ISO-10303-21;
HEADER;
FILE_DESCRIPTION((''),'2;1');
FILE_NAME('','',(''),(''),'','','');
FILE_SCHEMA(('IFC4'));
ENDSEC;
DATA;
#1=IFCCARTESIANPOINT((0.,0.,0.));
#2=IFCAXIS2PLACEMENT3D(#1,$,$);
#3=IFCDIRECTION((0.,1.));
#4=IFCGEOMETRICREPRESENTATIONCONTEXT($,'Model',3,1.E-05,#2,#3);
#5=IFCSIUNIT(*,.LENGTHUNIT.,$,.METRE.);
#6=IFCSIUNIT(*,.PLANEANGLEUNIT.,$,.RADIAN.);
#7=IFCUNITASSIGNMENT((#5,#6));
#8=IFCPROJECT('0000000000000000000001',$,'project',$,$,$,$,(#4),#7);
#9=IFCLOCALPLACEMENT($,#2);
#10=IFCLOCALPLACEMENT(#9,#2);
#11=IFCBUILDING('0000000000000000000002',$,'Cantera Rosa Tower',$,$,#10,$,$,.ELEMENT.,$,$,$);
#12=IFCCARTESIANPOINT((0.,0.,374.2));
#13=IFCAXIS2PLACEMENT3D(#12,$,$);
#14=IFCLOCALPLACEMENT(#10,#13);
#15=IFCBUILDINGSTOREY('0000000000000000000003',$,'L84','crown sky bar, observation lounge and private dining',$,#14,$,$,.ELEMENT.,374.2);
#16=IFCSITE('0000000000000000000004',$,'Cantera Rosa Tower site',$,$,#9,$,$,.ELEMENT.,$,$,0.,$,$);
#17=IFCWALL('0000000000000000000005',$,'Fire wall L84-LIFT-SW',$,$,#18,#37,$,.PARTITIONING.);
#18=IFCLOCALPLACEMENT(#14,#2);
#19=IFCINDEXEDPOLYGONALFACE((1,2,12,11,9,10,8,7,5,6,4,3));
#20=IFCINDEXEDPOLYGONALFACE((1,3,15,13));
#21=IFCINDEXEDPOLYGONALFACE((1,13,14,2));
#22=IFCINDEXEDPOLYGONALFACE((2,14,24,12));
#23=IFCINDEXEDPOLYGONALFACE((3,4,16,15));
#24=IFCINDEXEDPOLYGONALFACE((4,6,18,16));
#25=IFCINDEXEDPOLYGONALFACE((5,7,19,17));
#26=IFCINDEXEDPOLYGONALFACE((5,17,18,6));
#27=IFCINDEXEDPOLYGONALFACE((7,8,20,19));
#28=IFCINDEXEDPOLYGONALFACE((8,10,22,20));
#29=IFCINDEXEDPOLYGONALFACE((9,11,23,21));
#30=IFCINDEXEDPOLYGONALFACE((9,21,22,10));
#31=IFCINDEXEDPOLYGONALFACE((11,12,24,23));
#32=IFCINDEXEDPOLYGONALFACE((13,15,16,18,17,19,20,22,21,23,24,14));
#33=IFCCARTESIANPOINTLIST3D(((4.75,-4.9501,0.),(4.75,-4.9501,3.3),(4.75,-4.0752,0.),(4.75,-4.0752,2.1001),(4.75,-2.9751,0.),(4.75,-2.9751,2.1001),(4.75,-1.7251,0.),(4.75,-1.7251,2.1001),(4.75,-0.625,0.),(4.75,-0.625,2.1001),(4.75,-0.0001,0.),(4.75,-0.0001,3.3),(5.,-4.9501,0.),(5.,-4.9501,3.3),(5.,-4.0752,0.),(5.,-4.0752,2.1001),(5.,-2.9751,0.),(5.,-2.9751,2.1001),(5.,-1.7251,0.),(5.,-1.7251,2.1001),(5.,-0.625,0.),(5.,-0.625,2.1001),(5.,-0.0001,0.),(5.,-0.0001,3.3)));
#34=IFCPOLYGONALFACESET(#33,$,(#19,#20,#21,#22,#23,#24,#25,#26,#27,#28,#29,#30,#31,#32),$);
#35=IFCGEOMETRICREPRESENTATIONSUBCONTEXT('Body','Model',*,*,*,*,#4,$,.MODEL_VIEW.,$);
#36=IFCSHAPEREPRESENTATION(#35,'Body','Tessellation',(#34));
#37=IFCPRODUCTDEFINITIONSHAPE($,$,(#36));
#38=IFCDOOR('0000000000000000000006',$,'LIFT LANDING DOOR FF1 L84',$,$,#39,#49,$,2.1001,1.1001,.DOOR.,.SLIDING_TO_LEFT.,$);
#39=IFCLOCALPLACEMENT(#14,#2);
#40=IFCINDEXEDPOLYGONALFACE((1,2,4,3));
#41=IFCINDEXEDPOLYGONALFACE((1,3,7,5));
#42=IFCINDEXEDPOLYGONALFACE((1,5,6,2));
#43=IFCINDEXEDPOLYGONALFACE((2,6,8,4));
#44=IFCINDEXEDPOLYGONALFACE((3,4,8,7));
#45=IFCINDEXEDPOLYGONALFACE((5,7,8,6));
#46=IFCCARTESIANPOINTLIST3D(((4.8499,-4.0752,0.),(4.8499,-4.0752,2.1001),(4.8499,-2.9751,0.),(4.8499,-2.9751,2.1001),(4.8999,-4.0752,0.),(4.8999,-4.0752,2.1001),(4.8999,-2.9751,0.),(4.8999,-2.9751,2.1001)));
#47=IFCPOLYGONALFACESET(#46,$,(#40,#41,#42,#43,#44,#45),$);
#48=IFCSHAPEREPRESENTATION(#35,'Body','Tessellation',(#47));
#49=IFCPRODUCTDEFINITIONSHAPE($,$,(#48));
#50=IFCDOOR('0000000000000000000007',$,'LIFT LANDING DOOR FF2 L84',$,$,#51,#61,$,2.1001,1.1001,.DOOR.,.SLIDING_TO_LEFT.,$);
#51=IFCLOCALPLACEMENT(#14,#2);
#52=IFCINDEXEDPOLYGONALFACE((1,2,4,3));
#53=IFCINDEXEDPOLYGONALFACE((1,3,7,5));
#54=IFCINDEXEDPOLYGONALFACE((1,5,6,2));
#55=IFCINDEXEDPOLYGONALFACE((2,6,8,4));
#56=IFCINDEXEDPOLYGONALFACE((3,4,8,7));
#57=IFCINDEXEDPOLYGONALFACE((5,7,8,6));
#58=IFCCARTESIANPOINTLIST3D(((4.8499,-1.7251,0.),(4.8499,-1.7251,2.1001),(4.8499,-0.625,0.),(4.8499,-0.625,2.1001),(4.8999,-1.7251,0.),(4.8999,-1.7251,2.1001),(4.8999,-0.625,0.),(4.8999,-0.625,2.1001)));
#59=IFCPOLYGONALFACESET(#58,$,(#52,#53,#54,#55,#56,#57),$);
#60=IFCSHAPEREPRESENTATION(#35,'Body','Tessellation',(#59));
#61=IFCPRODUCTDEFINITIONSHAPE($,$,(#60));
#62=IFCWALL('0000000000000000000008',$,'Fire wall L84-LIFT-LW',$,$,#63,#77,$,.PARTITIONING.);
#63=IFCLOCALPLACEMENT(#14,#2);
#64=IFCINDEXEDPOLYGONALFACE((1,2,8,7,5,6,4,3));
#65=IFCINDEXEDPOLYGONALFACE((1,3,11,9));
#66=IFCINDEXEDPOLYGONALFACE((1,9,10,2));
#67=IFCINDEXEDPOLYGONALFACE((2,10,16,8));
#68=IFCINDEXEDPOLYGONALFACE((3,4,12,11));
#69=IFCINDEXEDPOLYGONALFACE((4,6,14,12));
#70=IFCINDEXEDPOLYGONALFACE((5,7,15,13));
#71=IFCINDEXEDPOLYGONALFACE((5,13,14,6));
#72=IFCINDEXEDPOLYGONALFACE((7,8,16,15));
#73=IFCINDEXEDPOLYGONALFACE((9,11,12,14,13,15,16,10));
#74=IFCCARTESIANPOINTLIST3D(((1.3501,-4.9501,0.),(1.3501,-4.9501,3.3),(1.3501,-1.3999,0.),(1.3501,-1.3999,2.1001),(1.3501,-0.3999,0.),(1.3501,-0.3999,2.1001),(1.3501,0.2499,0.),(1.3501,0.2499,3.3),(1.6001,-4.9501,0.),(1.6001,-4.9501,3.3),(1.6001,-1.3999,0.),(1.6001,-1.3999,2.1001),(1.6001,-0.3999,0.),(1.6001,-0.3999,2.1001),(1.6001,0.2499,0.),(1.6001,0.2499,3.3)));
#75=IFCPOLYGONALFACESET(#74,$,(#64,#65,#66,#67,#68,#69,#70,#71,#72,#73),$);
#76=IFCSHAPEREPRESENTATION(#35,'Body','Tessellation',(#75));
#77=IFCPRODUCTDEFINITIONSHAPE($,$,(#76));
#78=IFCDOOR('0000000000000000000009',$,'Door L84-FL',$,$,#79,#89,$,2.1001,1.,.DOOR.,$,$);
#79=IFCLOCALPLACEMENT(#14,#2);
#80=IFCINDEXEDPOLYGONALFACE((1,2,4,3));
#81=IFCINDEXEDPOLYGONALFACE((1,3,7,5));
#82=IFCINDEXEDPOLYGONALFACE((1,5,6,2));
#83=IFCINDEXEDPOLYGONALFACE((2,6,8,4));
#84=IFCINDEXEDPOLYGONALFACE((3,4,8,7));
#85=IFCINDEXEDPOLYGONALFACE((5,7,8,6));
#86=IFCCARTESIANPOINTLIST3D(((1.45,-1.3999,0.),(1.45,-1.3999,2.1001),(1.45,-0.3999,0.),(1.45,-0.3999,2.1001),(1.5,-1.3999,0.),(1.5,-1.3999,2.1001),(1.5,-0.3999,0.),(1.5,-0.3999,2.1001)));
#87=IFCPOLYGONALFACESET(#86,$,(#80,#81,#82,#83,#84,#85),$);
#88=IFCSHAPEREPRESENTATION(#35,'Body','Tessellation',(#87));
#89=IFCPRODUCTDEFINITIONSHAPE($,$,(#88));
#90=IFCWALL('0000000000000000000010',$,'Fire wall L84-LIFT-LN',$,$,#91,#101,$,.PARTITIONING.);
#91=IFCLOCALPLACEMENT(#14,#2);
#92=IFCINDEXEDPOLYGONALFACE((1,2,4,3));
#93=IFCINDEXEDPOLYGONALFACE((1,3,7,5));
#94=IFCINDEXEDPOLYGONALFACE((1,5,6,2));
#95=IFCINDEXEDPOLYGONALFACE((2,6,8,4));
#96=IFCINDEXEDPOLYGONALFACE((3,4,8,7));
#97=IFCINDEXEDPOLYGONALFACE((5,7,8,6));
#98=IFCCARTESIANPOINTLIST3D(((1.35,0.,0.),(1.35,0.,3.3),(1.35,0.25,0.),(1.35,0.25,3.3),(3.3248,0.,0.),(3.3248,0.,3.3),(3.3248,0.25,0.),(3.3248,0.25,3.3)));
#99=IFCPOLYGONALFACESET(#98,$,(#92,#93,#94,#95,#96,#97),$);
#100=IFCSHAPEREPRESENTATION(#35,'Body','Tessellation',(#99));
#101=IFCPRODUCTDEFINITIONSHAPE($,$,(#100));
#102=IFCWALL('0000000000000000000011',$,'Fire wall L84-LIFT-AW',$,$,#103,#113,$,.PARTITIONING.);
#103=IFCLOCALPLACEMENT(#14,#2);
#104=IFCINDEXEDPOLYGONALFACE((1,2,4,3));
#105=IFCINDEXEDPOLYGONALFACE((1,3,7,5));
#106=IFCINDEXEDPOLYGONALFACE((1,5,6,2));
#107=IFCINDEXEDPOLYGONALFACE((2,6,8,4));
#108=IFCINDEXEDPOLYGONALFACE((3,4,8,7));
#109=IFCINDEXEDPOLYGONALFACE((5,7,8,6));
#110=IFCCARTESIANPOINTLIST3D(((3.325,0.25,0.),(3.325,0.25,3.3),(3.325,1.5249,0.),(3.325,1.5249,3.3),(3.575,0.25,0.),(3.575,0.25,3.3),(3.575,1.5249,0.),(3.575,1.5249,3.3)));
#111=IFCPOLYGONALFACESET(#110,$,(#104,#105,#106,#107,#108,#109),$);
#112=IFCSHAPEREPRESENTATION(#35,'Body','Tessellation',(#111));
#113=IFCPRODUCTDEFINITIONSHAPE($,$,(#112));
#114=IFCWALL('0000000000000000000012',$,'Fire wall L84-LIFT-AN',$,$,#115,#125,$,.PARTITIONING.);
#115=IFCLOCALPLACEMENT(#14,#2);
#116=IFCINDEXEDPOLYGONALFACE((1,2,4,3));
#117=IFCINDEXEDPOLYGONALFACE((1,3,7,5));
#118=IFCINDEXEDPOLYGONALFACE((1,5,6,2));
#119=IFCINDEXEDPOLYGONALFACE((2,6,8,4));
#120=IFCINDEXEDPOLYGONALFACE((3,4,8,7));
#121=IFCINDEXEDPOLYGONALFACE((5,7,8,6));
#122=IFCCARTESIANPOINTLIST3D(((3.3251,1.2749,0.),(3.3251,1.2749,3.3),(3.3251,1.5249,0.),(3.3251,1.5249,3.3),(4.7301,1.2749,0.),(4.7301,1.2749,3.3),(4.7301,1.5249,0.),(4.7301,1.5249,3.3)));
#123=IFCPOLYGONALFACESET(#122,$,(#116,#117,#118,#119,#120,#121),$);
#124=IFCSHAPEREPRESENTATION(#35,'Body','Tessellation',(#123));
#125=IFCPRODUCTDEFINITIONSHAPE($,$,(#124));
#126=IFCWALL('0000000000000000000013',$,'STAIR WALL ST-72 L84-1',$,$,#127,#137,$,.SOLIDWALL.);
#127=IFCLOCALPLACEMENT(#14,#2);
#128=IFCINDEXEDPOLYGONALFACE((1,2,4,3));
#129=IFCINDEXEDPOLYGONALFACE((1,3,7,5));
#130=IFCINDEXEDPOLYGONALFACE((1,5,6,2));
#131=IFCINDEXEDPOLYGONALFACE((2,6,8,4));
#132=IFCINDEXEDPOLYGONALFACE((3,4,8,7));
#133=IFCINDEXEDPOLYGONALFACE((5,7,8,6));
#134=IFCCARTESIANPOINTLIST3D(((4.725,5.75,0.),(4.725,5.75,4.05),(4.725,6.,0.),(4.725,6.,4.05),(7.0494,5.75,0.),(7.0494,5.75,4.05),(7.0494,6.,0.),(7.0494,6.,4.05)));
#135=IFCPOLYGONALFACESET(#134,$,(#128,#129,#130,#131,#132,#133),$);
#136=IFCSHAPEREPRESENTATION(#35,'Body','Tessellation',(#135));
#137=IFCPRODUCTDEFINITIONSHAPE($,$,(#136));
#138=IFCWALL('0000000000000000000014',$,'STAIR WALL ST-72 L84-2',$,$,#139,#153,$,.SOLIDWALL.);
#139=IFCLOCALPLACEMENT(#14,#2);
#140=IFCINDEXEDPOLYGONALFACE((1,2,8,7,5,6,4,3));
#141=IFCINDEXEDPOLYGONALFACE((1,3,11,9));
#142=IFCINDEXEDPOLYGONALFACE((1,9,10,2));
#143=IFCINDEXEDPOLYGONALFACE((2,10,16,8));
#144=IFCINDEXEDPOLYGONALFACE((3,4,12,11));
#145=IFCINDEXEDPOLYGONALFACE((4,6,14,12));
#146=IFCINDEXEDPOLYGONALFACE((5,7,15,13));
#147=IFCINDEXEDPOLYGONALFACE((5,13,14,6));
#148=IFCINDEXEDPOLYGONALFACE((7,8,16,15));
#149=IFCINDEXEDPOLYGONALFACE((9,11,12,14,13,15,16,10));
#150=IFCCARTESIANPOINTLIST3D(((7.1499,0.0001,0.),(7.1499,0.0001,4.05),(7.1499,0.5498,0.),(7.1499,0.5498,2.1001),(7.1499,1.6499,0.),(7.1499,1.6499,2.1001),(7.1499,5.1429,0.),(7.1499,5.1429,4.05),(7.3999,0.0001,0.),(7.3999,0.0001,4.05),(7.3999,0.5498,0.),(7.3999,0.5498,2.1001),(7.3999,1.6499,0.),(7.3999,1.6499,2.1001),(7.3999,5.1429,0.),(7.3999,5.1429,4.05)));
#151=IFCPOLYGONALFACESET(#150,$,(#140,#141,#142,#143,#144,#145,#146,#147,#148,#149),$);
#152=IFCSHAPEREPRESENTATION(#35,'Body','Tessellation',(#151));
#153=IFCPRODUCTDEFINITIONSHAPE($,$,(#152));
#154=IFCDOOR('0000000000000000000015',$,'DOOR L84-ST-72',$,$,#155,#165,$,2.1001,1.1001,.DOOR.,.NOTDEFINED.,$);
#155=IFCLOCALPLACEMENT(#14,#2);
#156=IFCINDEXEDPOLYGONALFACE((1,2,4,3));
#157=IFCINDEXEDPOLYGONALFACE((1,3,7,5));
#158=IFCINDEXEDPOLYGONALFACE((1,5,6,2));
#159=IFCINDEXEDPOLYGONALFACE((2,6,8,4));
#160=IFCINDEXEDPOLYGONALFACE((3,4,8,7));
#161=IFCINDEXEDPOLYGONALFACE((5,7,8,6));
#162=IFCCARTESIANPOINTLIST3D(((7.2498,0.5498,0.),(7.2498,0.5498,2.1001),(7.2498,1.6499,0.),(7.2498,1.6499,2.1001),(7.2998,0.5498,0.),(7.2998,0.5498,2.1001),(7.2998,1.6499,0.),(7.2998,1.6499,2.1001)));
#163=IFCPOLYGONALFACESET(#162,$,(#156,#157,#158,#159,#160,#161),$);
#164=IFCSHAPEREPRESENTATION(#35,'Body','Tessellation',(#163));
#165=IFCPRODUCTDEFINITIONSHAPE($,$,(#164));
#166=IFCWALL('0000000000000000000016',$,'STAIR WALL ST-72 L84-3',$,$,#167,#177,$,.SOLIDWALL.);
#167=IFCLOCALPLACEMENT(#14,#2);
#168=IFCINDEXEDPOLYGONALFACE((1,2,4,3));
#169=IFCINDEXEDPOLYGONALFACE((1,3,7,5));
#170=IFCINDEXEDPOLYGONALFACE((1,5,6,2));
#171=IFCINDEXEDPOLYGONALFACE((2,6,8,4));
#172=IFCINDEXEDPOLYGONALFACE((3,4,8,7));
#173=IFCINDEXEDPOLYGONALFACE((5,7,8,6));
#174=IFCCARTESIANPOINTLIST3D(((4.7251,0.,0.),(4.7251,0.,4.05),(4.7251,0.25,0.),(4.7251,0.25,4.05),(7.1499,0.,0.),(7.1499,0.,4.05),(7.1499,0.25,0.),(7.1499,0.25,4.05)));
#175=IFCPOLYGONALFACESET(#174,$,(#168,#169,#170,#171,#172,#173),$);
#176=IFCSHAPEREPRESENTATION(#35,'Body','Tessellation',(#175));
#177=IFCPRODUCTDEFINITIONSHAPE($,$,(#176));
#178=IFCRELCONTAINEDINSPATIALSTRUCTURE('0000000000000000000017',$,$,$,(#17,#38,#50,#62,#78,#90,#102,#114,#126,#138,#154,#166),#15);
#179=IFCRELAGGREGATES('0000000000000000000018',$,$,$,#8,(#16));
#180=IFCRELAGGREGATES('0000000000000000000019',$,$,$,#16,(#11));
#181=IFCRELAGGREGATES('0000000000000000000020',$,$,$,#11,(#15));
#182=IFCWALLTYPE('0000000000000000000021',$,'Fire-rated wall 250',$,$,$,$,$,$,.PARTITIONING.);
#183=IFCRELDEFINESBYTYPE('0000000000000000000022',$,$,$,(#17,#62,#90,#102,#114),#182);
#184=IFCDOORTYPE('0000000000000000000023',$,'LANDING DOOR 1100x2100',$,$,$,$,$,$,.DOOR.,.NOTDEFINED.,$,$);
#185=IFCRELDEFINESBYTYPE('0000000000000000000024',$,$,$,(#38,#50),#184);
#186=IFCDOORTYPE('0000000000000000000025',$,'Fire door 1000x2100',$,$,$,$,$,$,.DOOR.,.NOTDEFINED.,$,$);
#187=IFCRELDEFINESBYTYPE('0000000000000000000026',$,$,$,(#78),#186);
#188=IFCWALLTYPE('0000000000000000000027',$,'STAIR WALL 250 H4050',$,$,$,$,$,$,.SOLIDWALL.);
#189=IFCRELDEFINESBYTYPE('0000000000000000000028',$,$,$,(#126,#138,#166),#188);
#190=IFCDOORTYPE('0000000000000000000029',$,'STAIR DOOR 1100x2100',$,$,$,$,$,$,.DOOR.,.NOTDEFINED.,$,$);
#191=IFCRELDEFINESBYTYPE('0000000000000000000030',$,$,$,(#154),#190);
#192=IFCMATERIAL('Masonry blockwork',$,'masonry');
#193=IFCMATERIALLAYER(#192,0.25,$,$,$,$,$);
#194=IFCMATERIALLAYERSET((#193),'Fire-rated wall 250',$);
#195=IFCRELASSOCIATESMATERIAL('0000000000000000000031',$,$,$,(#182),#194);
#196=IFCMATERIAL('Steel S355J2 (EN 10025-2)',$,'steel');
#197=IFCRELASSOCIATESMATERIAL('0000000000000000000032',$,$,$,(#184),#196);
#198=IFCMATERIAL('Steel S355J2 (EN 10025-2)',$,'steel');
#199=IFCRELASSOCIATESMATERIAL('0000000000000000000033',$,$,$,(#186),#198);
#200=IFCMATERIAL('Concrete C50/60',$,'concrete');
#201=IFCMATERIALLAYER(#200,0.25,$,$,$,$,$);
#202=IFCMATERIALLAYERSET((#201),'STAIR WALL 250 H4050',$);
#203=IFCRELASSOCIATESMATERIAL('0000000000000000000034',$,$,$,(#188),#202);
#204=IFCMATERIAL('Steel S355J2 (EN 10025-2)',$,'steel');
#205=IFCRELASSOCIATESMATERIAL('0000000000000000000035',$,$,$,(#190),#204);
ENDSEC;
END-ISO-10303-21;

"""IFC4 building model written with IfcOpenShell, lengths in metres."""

from ifc_helpers import new_model, si_unit, direction, frame, frame_2d, origin, place, context, subcontext, project, spatial, rectangle, extrude, material, layer, layer_set, type_object, element, fill, save


model = new_model("IFC4")

# Units and contexts
model_context = context("Model", 3, precision=1e-05, world=origin(), true_north=direction((0.0, 1.0)))
body_context = subcontext(model_context, "Body", "Model", "MODEL_VIEW")
ifc_project = project(units=[si_unit("LENGTHUNIT", "METRE"), si_unit("PLANEANGLEUNIT", "RADIAN")], contexts=[model_context])

# Site, building, storey
site_placement = place(None, origin())
site = spatial("IfcSite", under=ifc_project, at=site_placement, Name="Cantera Rosa Tower site", CompositionType="ELEMENT", RefElevation=0.0)
building_placement = place(site_placement, origin())
building = spatial("IfcBuilding", under=site, at=building_placement, Name="Cantera Rosa Tower", CompositionType="ELEMENT")
storey_placement = place(building_placement, frame((0.0, 0.0, 374.2)))
storey = spatial("IfcBuildingStorey", under=building, at=storey_placement, Name="L84", Description="crown sky bar, observation lounge and private dining", CompositionType="ELEMENT", Elevation=374.2)

# Wall, openings, doors
ifc_material_1 = material(Name="Masonry blockwork", Category="masonry")
ifc_layer_1 = layer(ifc_material_1, 0.25)
ifc_layer_set_1 = layer_set([ifc_layer_1], Name="Fire-rated wall 250")
wall_type_1 = type_object("IfcWallType", Name="Fire-rated wall 250", PredefinedType="PARTITIONING", material=ifc_layer_set_1)
wall_1_placement = place(storey_placement, frame((4.875, 0.0, 0.0), z_axis=(0.0, 0.0, 1.0), x_axis=(0.0, -1.0, 0.0)))
wall_1 = element("IfcWall", 1, at=wall_1_placement, inside=storey, type_object=wall_type_1, Name="Fire wall L84-LIFT-SW", PredefinedType="PARTITIONING", context=body_context, shape_type="SweptSolid", body=[
    extrude(rectangle(XDim=4.95, YDim=0.25, at=frame_2d((2.4751, 0.0))), origin(), (0.0, 0.0, 1.0), 3.3),
])
opening_1_placement = place(wall_1_placement, frame((2.9751, 0.0, 0.0)))
opening_1 = element("IfcOpeningElement", 2, at=opening_1_placement, cuts=wall_1, PredefinedType="OPENING", context=body_context, shape_type="SweptSolid", body=[
    extrude(rectangle(XDim=1.1001, YDim=2.1001, at=frame_2d((0.55, 1.05))), frame((0.0, 0.135, 0.0), z_axis=(0.0, -1.0, 0.0), x_axis=(1.0, 0.0, 0.0)), (0.0, 0.0, 1.0), 0.27),
])
opening_2_placement = place(wall_1_placement, frame((0.625, 0.0, 0.0)))
opening_2 = element("IfcOpeningElement", 3, at=opening_2_placement, cuts=wall_1, PredefinedType="OPENING", context=body_context, shape_type="SweptSolid", body=[
    extrude(rectangle(XDim=1.1001, YDim=2.1001, at=frame_2d((0.55, 1.05))), frame((0.0, 0.135, 0.0), z_axis=(0.0, -1.0, 0.0), x_axis=(1.0, 0.0, 0.0)), (0.0, 0.0, 1.0), 0.27),
])
ifc_material_2 = material(Name="Steel S355J2 (EN 10025-2)", Category="steel")
door_type_1 = type_object("IfcDoorType", Name="LANDING DOOR 1100x2100", OperationType="NOTDEFINED", PredefinedType="DOOR", material=ifc_material_2)
door_1_placement = place(opening_1_placement, origin())
door_1 = element("IfcDoor", 4, at=door_1_placement, inside=storey, type_object=door_type_1, Name="LIFT LANDING DOOR FF1 L84", OperationType="SLIDING_TO_LEFT", OverallHeight=2.1001, OverallWidth=1.1001, PredefinedType="DOOR", context=body_context, shape_type="SweptSolid", body=[
    extrude(rectangle(XDim=1.1001, YDim=2.1001, at=frame_2d((0.55, 1.05))), frame((0.0, 0.0249, 0.0), z_axis=(0.0, -1.0, 0.0), x_axis=(1.0, 0.0, 0.0)), (0.0, 0.0, 1.0), 0.05),
])
fill(opening_1, door_1)
door_2_placement = place(opening_2_placement, origin())
door_2 = element("IfcDoor", 5, at=door_2_placement, inside=storey, type_object=door_type_1, Name="LIFT LANDING DOOR FF2 L84", OperationType="SLIDING_TO_LEFT", OverallHeight=2.1001, OverallWidth=1.1001, PredefinedType="DOOR", context=body_context, shape_type="SweptSolid", body=[
    extrude(rectangle(XDim=1.1001, YDim=2.1001, at=frame_2d((0.55, 1.05))), frame((0.0, 0.0249, 0.0), z_axis=(0.0, -1.0, 0.0), x_axis=(1.0, 0.0, 0.0)), (0.0, 0.0, 1.0), 0.05),
])
fill(opening_2, door_2)

# Wall, opening, door
wall_2_placement = place(storey_placement, frame((1.4751, 0.25, 0.0), z_axis=(0.0, 0.0, 1.0), x_axis=(0.0, -1.0, 0.0)))
wall_2 = element("IfcWall", 6, at=wall_2_placement, inside=storey, type_object=wall_type_1, Name="Fire wall L84-LIFT-LW", PredefinedType="PARTITIONING", context=body_context, shape_type="SweptSolid", body=[
    extrude(rectangle(XDim=5.2, YDim=0.25, at=frame_2d((2.6001, 0.0))), origin(), (0.0, 0.0, 1.0), 3.3),
])
opening_3_placement = place(wall_2_placement, frame((0.6499, 0.0, 0.0)))
opening_3 = element("IfcOpeningElement", 7, at=opening_3_placement, cuts=wall_2, PredefinedType="OPENING", context=body_context, shape_type="SweptSolid", body=[
    extrude(rectangle(XDim=1.0, YDim=2.1001, at=frame_2d((0.5, 1.05))), frame((0.0, 0.135, 0.0), z_axis=(0.0, -1.0, 0.0), x_axis=(1.0, 0.0, 0.0)), (0.0, 0.0, 1.0), 0.27),
])
ifc_material_3 = material(Name="Steel S355J2 (EN 10025-2)", Category="steel")
door_type_2 = type_object("IfcDoorType", Name="Fire door 1000x2100", OperationType="NOTDEFINED", PredefinedType="DOOR", material=ifc_material_3)
door_3_placement = place(opening_3_placement, origin())
door_3 = element("IfcDoor", 8, at=door_3_placement, inside=storey, type_object=door_type_2, Name="Door L84-FL", OverallHeight=2.1001, OverallWidth=1.0, PredefinedType="DOOR", context=body_context, shape_type="SweptSolid", body=[
    extrude(rectangle(XDim=1.0, YDim=2.1001, at=frame_2d((0.5, 1.05))), frame((0.0, 0.0249, 0.0), z_axis=(0.0, -1.0, 0.0), x_axis=(1.0, 0.0, 0.0)), (0.0, 0.0, 1.0), 0.05),
])
fill(opening_3, door_3)

# Walls
wall_3_placement = place(storey_placement, frame((1.3501, 0.125, 0.0), z_axis=(0.0, 0.0, 1.0), x_axis=(1.0, 0.0, 0.0)))
element("IfcWall", 9, at=wall_3_placement, inside=storey, type_object=wall_type_1, Name="Fire wall L84-LIFT-LN", PredefinedType="PARTITIONING", context=body_context, shape_type="SweptSolid", body=[
    extrude(rectangle(XDim=1.9749, YDim=0.25, at=frame_2d((0.9873, 0.0))), origin(), (0.0, 0.0, 1.0), 3.3),
])
wall_4_placement = place(storey_placement, frame((3.45, 0.25, 0.0), z_axis=(0.0, 0.0, 1.0), x_axis=(0.0, 1.0, 0.0)))
element("IfcWall", 10, at=wall_4_placement, inside=storey, type_object=wall_type_1, Name="Fire wall L84-LIFT-AW", PredefinedType="PARTITIONING", context=body_context, shape_type="SweptSolid", body=[
    extrude(rectangle(XDim=1.2749, YDim=0.25, at=frame_2d((0.6375, 0.0))), origin(), (0.0, 0.0, 1.0), 3.3),
])
wall_5_placement = place(storey_placement, frame((3.325, 1.3999, 0.0), z_axis=(0.0, 0.0, 1.0), x_axis=(1.0, 0.0, 0.0)))
element("IfcWall", 11, at=wall_5_placement, inside=storey, type_object=wall_type_1, Name="Fire wall L84-LIFT-AN", PredefinedType="PARTITIONING", context=body_context, shape_type="SweptSolid", body=[
    extrude(rectangle(XDim=1.405, YDim=0.25, at=frame_2d((0.7026, 0.0))), origin(), (0.0, 0.0, 1.0), 3.3),
])
ifc_material_4 = material(Name="Concrete C50/60", Category="concrete")
ifc_layer_2 = layer(ifc_material_4, 0.25)
ifc_layer_set_2 = layer_set([ifc_layer_2], Name="STAIR WALL 250 H4050")
wall_type_2 = type_object("IfcWallType", Name="STAIR WALL 250 H4050", PredefinedType="SOLIDWALL", material=ifc_layer_set_2)
wall_6_placement = place(storey_placement, frame((4.7251, 5.875, 0.0), z_axis=(0.0, 0.0, 1.0), x_axis=(1.0, 0.0, 0.0)))
element("IfcWall", 12, at=wall_6_placement, inside=storey, type_object=wall_type_2, Name="STAIR WALL ST-72 L84-1", PredefinedType="SOLIDWALL", context=body_context, shape_type="SweptSolid", body=[
    extrude(rectangle(XDim=2.3245, YDim=0.25, at=frame_2d((1.1621, 0.0))), origin(), (0.0, 0.0, 1.0), 4.05),
])

# Wall, opening, door
wall_7_placement = place(storey_placement, frame((7.2749, 5.1428, 0.0), z_axis=(0.0, 0.0, 1.0), x_axis=(0.0, -1.0, 0.0)))
wall_7 = element("IfcWall", 13, at=wall_7_placement, inside=storey, type_object=wall_type_2, Name="STAIR WALL ST-72 L84-2", PredefinedType="SOLIDWALL", context=body_context, shape_type="SweptSolid", body=[
    extrude(rectangle(XDim=5.1428, YDim=0.25, at=frame_2d((2.5713, 0.0))), origin(), (0.0, 0.0, 1.0), 4.05),
])
opening_4_placement = place(wall_7_placement, frame((3.4929, 0.0, 0.0)))
opening_4 = element("IfcOpeningElement", 14, at=opening_4_placement, cuts=wall_7, PredefinedType="OPENING", context=body_context, shape_type="SweptSolid", body=[
    extrude(rectangle(XDim=1.1001, YDim=2.1001, at=frame_2d((0.55, 1.05))), frame((0.0, 0.135, 0.0), z_axis=(0.0, -1.0, 0.0), x_axis=(1.0, 0.0, 0.0)), (0.0, 0.0, 1.0), 0.27),
])
ifc_material_5 = material(Name="Steel S355J2 (EN 10025-2)", Category="steel")
door_type_3 = type_object("IfcDoorType", Name="STAIR DOOR 1100x2100", OperationType="NOTDEFINED", PredefinedType="DOOR", material=ifc_material_5)
door_4_placement = place(opening_4_placement, origin())
door_4 = element("IfcDoor", 15, at=door_4_placement, inside=storey, type_object=door_type_3, Name="DOOR L84-ST-72", OperationType="NOTDEFINED", OverallHeight=2.1001, OverallWidth=1.1001, PredefinedType="DOOR", context=body_context, shape_type="SweptSolid", body=[
    extrude(rectangle(XDim=1.1001, YDim=2.1001, at=frame_2d((0.55, 1.05))), frame((0.0, 0.0249, 0.0), z_axis=(0.0, -1.0, 0.0), x_axis=(1.0, 0.0, 0.0)), (0.0, 0.0, 1.0), 0.05),
])
fill(opening_4, door_4)

# Wall
wall_8_placement = place(storey_placement, frame((7.1499, 0.125, 0.0), z_axis=(0.0, 0.0, 1.0), x_axis=(-1.0, 0.0, 0.0)))
element("IfcWall", 16, at=wall_8_placement, inside=storey, type_object=wall_type_2, Name="STAIR WALL ST-72 L84-3", PredefinedType="SOLIDWALL", context=body_context, shape_type="SweptSolid", body=[
    extrude(rectangle(XDim=2.4248, YDim=0.25, at=frame_2d((1.2124, 0.0))), origin(), (0.0, 0.0, 1.0), 4.05),
])

save(model, "model.ifc")
